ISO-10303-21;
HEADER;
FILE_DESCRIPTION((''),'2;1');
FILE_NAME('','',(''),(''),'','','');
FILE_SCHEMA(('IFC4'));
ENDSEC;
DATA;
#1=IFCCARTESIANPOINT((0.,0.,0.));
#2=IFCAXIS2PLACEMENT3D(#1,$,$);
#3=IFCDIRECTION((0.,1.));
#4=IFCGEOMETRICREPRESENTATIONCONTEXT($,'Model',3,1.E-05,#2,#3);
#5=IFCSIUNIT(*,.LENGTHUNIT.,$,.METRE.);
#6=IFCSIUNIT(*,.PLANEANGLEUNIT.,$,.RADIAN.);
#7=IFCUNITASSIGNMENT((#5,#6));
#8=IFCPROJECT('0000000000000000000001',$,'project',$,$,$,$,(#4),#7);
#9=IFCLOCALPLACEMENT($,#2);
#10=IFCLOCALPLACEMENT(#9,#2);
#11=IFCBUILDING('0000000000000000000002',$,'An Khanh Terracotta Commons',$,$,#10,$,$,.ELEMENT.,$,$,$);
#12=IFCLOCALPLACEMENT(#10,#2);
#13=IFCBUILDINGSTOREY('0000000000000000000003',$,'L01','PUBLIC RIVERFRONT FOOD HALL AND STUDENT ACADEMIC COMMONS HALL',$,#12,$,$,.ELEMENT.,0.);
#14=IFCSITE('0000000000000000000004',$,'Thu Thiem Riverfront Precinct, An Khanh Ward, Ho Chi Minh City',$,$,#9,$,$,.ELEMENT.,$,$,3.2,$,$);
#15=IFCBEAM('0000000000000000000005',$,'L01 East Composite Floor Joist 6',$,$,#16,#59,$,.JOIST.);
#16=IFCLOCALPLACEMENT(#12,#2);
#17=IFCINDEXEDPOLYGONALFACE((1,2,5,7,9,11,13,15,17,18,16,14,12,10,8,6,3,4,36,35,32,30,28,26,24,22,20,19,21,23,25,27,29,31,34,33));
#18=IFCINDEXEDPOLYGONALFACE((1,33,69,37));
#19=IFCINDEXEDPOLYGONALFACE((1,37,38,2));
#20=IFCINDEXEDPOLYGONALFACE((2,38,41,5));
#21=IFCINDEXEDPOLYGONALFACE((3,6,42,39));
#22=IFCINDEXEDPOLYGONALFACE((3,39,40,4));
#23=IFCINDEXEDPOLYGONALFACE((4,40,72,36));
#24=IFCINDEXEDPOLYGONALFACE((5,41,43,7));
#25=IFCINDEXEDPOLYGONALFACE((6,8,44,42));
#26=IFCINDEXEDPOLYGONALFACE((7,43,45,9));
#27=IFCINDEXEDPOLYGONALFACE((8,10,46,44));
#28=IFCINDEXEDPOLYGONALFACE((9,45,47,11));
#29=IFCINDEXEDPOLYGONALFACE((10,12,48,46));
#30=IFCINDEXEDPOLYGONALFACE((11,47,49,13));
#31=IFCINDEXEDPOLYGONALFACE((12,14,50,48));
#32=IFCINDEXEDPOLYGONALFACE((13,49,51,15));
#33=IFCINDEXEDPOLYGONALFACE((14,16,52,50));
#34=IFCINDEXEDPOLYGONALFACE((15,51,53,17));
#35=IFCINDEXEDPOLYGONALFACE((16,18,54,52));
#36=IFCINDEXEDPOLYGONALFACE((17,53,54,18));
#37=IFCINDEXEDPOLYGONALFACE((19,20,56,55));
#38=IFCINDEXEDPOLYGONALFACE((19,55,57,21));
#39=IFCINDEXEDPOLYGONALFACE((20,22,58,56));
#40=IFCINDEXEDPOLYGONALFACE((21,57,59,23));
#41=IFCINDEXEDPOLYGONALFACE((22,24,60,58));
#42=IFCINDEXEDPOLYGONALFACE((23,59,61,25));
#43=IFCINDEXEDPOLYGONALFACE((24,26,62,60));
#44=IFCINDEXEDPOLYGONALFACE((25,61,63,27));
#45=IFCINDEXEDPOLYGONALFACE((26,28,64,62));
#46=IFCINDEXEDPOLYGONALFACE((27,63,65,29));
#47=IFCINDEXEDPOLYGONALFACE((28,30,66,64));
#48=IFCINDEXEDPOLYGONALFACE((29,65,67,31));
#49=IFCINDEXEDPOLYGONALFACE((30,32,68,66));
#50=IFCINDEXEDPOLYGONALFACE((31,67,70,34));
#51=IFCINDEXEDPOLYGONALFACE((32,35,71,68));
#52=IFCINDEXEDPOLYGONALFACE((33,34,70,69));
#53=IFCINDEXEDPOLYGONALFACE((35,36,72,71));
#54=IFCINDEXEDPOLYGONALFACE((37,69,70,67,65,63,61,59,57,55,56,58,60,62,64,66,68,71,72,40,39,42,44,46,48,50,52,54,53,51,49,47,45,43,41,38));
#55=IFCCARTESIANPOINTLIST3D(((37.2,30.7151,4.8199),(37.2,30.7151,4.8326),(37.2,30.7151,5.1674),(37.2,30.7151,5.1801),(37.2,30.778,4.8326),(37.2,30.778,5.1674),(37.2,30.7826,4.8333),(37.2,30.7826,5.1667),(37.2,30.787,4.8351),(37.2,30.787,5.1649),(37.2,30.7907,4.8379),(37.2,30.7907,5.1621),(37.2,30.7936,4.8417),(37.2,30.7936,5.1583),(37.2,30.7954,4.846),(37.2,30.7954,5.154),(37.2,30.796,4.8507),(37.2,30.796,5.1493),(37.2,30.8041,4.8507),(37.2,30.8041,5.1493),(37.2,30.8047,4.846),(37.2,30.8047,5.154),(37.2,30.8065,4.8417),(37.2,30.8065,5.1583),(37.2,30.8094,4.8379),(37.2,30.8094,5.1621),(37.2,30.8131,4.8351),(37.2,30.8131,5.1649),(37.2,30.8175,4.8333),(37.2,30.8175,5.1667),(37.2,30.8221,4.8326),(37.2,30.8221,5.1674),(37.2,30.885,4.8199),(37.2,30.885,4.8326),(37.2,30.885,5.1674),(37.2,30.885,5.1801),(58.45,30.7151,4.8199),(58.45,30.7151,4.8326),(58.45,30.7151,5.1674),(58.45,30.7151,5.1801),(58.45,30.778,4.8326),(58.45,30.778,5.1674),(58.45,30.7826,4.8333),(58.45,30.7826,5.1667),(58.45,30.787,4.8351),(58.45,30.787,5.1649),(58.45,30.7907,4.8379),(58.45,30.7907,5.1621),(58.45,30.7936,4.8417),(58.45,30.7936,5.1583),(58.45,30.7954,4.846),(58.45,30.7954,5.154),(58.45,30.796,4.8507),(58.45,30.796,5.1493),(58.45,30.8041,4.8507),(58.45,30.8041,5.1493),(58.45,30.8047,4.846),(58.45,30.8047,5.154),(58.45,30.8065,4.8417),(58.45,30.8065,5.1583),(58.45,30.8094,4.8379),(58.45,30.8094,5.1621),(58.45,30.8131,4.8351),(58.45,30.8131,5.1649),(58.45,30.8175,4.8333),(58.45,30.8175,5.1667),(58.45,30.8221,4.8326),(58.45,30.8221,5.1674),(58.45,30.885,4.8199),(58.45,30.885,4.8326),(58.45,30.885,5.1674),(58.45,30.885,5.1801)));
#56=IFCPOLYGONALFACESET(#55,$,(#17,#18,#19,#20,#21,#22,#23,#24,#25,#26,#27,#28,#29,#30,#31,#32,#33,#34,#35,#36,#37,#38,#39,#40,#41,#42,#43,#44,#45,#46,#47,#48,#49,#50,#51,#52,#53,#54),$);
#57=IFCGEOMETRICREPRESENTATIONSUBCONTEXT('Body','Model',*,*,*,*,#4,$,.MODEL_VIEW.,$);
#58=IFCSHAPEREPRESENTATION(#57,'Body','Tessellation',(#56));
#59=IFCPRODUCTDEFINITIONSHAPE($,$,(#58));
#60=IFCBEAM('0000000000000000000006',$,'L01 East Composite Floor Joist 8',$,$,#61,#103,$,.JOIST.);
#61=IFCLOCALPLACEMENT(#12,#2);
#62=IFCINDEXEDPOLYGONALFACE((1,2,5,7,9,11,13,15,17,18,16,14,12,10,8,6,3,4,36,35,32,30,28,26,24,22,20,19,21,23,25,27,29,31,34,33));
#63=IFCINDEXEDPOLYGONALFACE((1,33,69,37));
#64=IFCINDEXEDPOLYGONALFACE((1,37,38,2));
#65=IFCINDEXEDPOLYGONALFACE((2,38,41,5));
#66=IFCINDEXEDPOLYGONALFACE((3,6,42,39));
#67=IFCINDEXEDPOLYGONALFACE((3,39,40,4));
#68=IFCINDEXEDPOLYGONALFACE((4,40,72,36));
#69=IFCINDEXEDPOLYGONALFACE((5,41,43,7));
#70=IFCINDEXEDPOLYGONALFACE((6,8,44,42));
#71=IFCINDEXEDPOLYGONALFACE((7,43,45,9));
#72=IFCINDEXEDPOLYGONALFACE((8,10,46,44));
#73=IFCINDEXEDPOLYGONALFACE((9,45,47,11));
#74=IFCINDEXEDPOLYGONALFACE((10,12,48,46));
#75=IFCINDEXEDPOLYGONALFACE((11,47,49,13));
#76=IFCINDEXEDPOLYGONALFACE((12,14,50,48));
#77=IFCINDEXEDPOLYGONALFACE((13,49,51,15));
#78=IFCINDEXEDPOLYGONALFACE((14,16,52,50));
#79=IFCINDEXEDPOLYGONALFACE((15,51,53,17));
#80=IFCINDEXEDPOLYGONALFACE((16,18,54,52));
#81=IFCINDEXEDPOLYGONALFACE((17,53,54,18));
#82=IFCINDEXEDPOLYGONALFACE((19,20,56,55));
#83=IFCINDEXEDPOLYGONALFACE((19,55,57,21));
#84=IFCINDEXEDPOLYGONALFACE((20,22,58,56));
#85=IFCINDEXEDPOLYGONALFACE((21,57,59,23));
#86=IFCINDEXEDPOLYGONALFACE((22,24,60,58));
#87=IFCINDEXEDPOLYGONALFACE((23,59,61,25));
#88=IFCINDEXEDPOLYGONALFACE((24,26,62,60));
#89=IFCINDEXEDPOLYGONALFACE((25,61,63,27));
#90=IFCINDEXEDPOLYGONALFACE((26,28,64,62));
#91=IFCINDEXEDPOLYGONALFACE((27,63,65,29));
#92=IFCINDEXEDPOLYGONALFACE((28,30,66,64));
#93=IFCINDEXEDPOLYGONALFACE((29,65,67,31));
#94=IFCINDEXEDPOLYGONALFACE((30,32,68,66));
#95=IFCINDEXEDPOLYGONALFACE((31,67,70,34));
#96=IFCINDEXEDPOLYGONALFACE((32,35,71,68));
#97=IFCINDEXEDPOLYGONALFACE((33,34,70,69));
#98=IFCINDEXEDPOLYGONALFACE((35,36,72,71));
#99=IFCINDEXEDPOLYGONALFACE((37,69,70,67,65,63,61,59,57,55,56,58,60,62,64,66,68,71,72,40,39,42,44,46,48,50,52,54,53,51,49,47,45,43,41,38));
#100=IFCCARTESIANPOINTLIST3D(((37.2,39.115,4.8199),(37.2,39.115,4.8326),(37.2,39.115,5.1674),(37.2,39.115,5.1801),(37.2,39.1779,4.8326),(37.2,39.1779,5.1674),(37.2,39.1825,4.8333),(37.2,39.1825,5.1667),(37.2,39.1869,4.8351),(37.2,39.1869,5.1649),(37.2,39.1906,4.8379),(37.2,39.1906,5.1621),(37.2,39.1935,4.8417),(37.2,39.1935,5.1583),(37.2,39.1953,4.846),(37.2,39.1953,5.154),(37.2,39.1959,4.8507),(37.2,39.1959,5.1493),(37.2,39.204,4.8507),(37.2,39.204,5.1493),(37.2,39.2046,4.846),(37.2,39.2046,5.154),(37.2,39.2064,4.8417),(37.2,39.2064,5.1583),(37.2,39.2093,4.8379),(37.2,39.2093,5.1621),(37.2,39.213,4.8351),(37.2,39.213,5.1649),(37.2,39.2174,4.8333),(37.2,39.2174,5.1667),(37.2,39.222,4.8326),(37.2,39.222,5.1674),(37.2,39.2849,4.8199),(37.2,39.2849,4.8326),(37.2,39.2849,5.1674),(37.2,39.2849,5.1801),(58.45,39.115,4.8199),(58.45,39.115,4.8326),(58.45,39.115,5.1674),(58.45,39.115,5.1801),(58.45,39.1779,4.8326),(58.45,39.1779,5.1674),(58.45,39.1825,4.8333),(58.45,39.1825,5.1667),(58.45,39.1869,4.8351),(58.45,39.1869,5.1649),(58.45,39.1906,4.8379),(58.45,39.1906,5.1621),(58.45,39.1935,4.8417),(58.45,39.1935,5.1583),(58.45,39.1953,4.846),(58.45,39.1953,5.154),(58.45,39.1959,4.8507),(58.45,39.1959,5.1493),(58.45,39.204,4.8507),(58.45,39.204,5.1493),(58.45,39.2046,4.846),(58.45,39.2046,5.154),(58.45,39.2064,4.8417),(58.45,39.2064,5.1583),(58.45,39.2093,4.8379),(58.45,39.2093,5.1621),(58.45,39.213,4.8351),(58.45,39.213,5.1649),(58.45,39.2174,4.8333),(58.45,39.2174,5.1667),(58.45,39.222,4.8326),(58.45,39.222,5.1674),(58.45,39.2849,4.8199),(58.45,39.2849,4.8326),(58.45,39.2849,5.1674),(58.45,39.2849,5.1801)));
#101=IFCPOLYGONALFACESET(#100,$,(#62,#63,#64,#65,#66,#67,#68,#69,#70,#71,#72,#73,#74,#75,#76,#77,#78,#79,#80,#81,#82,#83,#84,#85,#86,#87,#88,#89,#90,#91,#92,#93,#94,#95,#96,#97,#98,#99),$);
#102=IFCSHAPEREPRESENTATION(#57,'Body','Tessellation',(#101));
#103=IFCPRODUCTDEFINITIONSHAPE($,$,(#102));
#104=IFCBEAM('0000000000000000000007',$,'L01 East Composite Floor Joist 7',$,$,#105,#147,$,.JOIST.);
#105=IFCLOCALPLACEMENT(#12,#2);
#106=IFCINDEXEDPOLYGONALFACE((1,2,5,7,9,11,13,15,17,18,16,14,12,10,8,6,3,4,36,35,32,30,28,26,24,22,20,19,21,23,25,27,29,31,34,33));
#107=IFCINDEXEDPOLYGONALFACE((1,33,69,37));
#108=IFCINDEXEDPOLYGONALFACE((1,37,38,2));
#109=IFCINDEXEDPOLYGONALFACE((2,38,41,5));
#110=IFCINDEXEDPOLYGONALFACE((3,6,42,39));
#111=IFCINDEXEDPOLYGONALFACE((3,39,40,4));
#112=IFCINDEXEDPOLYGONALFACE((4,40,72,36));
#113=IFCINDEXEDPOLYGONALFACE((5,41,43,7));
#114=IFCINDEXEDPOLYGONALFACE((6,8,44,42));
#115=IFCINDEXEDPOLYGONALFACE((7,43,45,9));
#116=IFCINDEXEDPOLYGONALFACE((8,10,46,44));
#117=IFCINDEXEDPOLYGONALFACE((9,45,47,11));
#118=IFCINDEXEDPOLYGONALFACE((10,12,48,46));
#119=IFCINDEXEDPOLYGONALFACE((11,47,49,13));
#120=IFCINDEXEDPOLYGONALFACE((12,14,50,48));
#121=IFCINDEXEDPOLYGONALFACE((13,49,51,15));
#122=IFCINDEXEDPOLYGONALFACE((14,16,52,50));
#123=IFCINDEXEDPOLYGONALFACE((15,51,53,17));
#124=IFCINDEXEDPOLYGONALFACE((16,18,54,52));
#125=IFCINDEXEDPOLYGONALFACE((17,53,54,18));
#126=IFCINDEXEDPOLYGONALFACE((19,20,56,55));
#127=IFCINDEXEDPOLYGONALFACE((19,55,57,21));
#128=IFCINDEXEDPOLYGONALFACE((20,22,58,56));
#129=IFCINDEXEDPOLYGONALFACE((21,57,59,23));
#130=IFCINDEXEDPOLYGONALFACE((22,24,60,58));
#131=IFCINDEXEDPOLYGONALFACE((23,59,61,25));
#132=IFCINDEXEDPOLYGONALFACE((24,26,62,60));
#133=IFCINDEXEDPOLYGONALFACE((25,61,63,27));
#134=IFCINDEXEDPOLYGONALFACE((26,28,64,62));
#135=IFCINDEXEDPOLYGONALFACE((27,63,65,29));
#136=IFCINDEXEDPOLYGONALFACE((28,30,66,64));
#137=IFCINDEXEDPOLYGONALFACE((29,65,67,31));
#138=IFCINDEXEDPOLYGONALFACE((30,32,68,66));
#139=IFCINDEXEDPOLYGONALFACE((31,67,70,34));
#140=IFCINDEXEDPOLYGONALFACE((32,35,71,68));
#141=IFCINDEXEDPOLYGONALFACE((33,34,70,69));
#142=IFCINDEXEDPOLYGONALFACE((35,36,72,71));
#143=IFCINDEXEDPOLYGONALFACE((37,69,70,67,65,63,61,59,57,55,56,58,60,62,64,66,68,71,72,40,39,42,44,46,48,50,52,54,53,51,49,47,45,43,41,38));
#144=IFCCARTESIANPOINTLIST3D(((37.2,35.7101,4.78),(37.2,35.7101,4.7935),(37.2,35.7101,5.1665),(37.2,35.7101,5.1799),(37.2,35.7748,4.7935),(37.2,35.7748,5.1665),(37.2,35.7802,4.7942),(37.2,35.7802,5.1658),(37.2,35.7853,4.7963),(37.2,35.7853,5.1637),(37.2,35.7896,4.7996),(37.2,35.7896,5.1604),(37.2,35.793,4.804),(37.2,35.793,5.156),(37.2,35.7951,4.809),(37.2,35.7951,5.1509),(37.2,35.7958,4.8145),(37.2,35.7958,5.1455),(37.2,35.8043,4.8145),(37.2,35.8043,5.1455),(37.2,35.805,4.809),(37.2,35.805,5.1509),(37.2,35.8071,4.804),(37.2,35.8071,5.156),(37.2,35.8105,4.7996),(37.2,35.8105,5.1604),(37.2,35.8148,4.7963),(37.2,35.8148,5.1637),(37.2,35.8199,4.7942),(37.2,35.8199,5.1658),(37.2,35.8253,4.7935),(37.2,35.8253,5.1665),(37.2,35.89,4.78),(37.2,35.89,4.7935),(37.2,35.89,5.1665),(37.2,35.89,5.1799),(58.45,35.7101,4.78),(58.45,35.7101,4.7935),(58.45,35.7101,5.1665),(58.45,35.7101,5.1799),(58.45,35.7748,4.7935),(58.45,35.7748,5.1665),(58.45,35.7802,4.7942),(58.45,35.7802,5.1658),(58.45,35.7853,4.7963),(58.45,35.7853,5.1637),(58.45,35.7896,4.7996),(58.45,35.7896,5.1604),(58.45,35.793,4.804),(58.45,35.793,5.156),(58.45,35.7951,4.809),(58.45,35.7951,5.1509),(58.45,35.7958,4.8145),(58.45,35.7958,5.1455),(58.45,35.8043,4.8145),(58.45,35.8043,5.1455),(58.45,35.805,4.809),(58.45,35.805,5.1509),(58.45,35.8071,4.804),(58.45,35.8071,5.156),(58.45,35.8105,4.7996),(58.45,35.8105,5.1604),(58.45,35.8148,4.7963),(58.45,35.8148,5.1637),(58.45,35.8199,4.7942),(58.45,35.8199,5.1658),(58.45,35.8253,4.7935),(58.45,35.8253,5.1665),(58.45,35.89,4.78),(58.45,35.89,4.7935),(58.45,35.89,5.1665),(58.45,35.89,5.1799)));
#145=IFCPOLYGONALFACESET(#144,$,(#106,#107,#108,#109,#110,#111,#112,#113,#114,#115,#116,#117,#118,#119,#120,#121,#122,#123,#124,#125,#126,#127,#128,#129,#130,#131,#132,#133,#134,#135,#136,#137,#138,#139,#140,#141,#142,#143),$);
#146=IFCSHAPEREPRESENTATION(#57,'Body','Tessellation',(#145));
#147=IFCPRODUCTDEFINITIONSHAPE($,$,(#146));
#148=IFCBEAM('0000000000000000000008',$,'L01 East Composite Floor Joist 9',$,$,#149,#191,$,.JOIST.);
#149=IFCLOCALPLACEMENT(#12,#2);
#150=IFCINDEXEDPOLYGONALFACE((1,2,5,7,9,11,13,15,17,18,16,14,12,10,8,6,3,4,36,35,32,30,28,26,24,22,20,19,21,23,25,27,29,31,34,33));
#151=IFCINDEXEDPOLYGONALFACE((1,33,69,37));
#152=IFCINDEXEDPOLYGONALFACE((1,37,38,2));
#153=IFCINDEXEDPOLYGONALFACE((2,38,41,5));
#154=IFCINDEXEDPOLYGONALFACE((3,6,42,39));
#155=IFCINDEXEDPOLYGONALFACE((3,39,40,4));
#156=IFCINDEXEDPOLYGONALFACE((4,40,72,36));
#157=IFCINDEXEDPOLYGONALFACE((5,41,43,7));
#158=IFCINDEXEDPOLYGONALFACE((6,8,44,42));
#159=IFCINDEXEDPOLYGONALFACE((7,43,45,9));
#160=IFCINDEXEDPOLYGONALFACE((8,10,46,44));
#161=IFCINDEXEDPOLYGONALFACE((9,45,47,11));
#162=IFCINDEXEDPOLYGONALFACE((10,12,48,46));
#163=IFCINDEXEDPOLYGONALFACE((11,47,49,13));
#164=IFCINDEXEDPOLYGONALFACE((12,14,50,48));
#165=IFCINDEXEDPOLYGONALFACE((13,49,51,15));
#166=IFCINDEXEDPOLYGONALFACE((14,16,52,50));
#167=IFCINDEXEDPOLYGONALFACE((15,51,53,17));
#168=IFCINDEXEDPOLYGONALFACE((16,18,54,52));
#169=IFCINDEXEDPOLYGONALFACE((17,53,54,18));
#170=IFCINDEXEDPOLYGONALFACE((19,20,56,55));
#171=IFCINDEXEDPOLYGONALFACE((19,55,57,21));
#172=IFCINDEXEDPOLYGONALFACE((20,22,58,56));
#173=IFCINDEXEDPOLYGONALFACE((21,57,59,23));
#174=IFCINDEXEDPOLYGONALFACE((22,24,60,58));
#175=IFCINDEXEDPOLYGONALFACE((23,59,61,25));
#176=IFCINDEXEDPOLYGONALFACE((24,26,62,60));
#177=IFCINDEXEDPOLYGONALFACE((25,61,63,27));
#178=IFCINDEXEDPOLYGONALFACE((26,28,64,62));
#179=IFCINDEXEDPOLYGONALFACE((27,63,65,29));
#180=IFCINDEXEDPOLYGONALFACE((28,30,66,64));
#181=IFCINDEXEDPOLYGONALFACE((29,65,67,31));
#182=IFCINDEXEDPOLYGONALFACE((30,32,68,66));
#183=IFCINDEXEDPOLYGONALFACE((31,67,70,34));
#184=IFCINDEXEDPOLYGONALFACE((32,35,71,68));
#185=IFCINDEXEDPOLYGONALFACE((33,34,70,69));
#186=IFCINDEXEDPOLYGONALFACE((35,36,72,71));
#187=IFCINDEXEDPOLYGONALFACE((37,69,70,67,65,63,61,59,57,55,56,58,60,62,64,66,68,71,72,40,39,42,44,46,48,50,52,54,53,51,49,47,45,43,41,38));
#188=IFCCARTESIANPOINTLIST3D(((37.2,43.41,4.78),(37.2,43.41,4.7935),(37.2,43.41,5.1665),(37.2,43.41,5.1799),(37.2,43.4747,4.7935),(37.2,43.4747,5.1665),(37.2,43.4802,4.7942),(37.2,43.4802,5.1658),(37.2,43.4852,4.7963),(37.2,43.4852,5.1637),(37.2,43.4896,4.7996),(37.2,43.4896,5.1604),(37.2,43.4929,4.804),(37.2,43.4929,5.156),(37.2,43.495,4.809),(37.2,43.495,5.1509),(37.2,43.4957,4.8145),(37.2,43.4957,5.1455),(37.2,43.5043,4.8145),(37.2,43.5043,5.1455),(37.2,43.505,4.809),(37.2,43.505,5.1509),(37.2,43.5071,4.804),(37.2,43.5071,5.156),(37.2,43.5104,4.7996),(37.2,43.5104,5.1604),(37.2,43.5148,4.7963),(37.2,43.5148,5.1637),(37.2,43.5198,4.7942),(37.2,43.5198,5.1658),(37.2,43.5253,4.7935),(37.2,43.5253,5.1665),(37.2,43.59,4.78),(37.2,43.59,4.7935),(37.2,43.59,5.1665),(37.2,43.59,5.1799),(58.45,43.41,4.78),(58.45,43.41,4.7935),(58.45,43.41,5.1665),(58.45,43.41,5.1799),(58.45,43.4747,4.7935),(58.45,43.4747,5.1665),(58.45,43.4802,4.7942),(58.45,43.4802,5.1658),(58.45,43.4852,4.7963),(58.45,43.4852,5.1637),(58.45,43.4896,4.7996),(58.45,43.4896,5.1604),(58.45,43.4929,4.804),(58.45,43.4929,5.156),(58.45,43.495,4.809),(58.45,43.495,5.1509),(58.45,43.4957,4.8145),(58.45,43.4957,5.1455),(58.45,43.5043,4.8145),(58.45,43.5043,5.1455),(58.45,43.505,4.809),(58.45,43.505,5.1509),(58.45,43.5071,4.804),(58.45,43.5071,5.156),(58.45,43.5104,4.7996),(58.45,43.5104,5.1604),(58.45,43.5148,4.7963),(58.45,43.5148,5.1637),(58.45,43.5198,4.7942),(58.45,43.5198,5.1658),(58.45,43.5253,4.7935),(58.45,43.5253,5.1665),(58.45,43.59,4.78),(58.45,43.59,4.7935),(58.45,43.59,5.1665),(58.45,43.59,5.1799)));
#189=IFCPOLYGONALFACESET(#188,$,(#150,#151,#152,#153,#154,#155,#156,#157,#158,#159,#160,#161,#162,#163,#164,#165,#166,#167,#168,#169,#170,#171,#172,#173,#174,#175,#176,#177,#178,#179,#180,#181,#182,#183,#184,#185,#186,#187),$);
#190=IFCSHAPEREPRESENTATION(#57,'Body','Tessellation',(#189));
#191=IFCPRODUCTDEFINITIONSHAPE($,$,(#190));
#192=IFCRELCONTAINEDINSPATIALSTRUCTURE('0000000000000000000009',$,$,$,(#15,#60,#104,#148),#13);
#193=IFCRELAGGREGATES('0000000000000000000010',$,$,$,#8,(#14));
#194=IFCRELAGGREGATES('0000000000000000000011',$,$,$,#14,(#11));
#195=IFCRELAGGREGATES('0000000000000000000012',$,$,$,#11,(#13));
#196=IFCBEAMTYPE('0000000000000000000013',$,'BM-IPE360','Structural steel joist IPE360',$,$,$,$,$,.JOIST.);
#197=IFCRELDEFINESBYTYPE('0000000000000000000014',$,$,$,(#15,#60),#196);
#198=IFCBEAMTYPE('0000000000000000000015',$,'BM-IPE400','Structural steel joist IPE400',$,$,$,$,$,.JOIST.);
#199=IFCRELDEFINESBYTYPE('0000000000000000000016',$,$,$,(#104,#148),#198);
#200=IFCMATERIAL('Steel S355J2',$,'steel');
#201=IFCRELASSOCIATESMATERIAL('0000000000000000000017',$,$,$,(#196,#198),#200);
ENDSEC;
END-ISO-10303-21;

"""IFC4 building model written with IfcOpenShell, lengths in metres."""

from ifc_helpers import new_model, si_unit, direction, frame, origin, origin_2d, place, context, subcontext, project, spatial, i_section, extrude, material, material_profile, profile_set, type_object, element, save


model = new_model("IFC4")

# Units and contexts
model_context = context("Model", 3, precision=1e-05, world=origin(), true_north=direction((0.0, 1.0)))
body_context = subcontext(model_context, "Body", "Model", "MODEL_VIEW")
ifc_project = project(units=[si_unit("LENGTHUNIT", "METRE"), si_unit("PLANEANGLEUNIT", "RADIAN")], contexts=[model_context])

# Site, building, storey
site_placement = place(None, origin())
site = spatial("IfcSite", under=ifc_project, at=site_placement, Name="Thu Thiem Riverfront Precinct, An Khanh Ward, Ho Chi Minh City", CompositionType="ELEMENT", RefElevation=3.2)
building_placement = place(site_placement, origin())
building = spatial("IfcBuilding", under=site, at=building_placement, Name="An Khanh Terracotta Commons", CompositionType="ELEMENT")
storey_placement = place(building_placement, origin())
storey = spatial("IfcBuildingStorey", under=building, at=storey_placement, Name="L01", Description="PUBLIC RIVERFRONT FOOD HALL AND STUDENT ACADEMIC COMMONS HALL", CompositionType="ELEMENT", Elevation=0.0)

# Beams
ifc_material_1 = material(Name="Steel S355J2", Category="steel")
ifc_material_profile_1 = material_profile(ifc_material_1, i_section(OverallWidth=0.1699, OverallDepth=0.3601, WebThickness=0.0081, FlangeThickness=0.0127, FilletRadius=0.0181, at=origin_2d()), Name="IPE360")
ifc_profile_set_1 = profile_set([ifc_material_profile_1], Name="Steel S355J2")
beam_type_1 = type_object("IfcBeamType", Name="BM-IPE360", Description="Structural steel joist IPE360", PredefinedType="JOIST", material=ifc_profile_set_1)
for number, where, z_axis, x_axis, name in (
    (1, (37.2, 30.8, 5.0), (1.0, 0.0, 0.0), (0.0, 1.0, 0.0), "L01 East Composite Floor Joist 6"),
    (2, (37.2, 39.2, 5.0), (1.0, 0.0, 0.0), (0.0, 1.0, 0.0), "L01 East Composite Floor Joist 8"),
):
    element("IfcBeam", number, at=place(storey_placement, frame(where, z_axis=z_axis, x_axis=x_axis)), inside=storey, type_object=beam_type_1, Name=name, PredefinedType="JOIST", context=body_context, shape_type="SweptSolid", body=[
        extrude(i_section(OverallWidth=0.1699, OverallDepth=0.3601, WebThickness=0.0081, FlangeThickness=0.0127, FilletRadius=0.0181, at=origin_2d()), origin(), (0.0, 0.0, 1.0), 21.25),
    ])
ifc_material_profile_2 = material_profile(ifc_material_1, i_section(OverallWidth=0.1799, OverallDepth=0.3999, WebThickness=0.0085, FlangeThickness=0.0134, FilletRadius=0.021, at=origin_2d()), Name="IPE400")
ifc_profile_set_2 = profile_set([ifc_material_profile_2], Name="Steel S355J2")
beam_type_2 = type_object("IfcBeamType", Name="BM-IPE400", Description="Structural steel joist IPE400", PredefinedType="JOIST", material=ifc_profile_set_2)
for number, where, z_axis, x_axis, name in (
    (3, (37.2, 35.8, 4.98), (1.0, 0.0, 0.0), (0.0, 1.0, 0.0), "L01 East Composite Floor Joist 7"),
    (4, (37.2, 43.5, 4.98), (1.0, 0.0, 0.0), (0.0, 1.0, 0.0), "L01 East Composite Floor Joist 9"),
):
    element("IfcBeam", number, at=place(storey_placement, frame(where, z_axis=z_axis, x_axis=x_axis)), inside=storey, type_object=beam_type_2, Name=name, PredefinedType="JOIST", context=body_context, shape_type="SweptSolid", body=[
        extrude(i_section(OverallWidth=0.1799, OverallDepth=0.3999, WebThickness=0.0085, FlangeThickness=0.0134, FilletRadius=0.021, at=origin_2d()), origin(), (0.0, 0.0, 1.0), 21.25),
    ])

save(model, "model.ifc")
